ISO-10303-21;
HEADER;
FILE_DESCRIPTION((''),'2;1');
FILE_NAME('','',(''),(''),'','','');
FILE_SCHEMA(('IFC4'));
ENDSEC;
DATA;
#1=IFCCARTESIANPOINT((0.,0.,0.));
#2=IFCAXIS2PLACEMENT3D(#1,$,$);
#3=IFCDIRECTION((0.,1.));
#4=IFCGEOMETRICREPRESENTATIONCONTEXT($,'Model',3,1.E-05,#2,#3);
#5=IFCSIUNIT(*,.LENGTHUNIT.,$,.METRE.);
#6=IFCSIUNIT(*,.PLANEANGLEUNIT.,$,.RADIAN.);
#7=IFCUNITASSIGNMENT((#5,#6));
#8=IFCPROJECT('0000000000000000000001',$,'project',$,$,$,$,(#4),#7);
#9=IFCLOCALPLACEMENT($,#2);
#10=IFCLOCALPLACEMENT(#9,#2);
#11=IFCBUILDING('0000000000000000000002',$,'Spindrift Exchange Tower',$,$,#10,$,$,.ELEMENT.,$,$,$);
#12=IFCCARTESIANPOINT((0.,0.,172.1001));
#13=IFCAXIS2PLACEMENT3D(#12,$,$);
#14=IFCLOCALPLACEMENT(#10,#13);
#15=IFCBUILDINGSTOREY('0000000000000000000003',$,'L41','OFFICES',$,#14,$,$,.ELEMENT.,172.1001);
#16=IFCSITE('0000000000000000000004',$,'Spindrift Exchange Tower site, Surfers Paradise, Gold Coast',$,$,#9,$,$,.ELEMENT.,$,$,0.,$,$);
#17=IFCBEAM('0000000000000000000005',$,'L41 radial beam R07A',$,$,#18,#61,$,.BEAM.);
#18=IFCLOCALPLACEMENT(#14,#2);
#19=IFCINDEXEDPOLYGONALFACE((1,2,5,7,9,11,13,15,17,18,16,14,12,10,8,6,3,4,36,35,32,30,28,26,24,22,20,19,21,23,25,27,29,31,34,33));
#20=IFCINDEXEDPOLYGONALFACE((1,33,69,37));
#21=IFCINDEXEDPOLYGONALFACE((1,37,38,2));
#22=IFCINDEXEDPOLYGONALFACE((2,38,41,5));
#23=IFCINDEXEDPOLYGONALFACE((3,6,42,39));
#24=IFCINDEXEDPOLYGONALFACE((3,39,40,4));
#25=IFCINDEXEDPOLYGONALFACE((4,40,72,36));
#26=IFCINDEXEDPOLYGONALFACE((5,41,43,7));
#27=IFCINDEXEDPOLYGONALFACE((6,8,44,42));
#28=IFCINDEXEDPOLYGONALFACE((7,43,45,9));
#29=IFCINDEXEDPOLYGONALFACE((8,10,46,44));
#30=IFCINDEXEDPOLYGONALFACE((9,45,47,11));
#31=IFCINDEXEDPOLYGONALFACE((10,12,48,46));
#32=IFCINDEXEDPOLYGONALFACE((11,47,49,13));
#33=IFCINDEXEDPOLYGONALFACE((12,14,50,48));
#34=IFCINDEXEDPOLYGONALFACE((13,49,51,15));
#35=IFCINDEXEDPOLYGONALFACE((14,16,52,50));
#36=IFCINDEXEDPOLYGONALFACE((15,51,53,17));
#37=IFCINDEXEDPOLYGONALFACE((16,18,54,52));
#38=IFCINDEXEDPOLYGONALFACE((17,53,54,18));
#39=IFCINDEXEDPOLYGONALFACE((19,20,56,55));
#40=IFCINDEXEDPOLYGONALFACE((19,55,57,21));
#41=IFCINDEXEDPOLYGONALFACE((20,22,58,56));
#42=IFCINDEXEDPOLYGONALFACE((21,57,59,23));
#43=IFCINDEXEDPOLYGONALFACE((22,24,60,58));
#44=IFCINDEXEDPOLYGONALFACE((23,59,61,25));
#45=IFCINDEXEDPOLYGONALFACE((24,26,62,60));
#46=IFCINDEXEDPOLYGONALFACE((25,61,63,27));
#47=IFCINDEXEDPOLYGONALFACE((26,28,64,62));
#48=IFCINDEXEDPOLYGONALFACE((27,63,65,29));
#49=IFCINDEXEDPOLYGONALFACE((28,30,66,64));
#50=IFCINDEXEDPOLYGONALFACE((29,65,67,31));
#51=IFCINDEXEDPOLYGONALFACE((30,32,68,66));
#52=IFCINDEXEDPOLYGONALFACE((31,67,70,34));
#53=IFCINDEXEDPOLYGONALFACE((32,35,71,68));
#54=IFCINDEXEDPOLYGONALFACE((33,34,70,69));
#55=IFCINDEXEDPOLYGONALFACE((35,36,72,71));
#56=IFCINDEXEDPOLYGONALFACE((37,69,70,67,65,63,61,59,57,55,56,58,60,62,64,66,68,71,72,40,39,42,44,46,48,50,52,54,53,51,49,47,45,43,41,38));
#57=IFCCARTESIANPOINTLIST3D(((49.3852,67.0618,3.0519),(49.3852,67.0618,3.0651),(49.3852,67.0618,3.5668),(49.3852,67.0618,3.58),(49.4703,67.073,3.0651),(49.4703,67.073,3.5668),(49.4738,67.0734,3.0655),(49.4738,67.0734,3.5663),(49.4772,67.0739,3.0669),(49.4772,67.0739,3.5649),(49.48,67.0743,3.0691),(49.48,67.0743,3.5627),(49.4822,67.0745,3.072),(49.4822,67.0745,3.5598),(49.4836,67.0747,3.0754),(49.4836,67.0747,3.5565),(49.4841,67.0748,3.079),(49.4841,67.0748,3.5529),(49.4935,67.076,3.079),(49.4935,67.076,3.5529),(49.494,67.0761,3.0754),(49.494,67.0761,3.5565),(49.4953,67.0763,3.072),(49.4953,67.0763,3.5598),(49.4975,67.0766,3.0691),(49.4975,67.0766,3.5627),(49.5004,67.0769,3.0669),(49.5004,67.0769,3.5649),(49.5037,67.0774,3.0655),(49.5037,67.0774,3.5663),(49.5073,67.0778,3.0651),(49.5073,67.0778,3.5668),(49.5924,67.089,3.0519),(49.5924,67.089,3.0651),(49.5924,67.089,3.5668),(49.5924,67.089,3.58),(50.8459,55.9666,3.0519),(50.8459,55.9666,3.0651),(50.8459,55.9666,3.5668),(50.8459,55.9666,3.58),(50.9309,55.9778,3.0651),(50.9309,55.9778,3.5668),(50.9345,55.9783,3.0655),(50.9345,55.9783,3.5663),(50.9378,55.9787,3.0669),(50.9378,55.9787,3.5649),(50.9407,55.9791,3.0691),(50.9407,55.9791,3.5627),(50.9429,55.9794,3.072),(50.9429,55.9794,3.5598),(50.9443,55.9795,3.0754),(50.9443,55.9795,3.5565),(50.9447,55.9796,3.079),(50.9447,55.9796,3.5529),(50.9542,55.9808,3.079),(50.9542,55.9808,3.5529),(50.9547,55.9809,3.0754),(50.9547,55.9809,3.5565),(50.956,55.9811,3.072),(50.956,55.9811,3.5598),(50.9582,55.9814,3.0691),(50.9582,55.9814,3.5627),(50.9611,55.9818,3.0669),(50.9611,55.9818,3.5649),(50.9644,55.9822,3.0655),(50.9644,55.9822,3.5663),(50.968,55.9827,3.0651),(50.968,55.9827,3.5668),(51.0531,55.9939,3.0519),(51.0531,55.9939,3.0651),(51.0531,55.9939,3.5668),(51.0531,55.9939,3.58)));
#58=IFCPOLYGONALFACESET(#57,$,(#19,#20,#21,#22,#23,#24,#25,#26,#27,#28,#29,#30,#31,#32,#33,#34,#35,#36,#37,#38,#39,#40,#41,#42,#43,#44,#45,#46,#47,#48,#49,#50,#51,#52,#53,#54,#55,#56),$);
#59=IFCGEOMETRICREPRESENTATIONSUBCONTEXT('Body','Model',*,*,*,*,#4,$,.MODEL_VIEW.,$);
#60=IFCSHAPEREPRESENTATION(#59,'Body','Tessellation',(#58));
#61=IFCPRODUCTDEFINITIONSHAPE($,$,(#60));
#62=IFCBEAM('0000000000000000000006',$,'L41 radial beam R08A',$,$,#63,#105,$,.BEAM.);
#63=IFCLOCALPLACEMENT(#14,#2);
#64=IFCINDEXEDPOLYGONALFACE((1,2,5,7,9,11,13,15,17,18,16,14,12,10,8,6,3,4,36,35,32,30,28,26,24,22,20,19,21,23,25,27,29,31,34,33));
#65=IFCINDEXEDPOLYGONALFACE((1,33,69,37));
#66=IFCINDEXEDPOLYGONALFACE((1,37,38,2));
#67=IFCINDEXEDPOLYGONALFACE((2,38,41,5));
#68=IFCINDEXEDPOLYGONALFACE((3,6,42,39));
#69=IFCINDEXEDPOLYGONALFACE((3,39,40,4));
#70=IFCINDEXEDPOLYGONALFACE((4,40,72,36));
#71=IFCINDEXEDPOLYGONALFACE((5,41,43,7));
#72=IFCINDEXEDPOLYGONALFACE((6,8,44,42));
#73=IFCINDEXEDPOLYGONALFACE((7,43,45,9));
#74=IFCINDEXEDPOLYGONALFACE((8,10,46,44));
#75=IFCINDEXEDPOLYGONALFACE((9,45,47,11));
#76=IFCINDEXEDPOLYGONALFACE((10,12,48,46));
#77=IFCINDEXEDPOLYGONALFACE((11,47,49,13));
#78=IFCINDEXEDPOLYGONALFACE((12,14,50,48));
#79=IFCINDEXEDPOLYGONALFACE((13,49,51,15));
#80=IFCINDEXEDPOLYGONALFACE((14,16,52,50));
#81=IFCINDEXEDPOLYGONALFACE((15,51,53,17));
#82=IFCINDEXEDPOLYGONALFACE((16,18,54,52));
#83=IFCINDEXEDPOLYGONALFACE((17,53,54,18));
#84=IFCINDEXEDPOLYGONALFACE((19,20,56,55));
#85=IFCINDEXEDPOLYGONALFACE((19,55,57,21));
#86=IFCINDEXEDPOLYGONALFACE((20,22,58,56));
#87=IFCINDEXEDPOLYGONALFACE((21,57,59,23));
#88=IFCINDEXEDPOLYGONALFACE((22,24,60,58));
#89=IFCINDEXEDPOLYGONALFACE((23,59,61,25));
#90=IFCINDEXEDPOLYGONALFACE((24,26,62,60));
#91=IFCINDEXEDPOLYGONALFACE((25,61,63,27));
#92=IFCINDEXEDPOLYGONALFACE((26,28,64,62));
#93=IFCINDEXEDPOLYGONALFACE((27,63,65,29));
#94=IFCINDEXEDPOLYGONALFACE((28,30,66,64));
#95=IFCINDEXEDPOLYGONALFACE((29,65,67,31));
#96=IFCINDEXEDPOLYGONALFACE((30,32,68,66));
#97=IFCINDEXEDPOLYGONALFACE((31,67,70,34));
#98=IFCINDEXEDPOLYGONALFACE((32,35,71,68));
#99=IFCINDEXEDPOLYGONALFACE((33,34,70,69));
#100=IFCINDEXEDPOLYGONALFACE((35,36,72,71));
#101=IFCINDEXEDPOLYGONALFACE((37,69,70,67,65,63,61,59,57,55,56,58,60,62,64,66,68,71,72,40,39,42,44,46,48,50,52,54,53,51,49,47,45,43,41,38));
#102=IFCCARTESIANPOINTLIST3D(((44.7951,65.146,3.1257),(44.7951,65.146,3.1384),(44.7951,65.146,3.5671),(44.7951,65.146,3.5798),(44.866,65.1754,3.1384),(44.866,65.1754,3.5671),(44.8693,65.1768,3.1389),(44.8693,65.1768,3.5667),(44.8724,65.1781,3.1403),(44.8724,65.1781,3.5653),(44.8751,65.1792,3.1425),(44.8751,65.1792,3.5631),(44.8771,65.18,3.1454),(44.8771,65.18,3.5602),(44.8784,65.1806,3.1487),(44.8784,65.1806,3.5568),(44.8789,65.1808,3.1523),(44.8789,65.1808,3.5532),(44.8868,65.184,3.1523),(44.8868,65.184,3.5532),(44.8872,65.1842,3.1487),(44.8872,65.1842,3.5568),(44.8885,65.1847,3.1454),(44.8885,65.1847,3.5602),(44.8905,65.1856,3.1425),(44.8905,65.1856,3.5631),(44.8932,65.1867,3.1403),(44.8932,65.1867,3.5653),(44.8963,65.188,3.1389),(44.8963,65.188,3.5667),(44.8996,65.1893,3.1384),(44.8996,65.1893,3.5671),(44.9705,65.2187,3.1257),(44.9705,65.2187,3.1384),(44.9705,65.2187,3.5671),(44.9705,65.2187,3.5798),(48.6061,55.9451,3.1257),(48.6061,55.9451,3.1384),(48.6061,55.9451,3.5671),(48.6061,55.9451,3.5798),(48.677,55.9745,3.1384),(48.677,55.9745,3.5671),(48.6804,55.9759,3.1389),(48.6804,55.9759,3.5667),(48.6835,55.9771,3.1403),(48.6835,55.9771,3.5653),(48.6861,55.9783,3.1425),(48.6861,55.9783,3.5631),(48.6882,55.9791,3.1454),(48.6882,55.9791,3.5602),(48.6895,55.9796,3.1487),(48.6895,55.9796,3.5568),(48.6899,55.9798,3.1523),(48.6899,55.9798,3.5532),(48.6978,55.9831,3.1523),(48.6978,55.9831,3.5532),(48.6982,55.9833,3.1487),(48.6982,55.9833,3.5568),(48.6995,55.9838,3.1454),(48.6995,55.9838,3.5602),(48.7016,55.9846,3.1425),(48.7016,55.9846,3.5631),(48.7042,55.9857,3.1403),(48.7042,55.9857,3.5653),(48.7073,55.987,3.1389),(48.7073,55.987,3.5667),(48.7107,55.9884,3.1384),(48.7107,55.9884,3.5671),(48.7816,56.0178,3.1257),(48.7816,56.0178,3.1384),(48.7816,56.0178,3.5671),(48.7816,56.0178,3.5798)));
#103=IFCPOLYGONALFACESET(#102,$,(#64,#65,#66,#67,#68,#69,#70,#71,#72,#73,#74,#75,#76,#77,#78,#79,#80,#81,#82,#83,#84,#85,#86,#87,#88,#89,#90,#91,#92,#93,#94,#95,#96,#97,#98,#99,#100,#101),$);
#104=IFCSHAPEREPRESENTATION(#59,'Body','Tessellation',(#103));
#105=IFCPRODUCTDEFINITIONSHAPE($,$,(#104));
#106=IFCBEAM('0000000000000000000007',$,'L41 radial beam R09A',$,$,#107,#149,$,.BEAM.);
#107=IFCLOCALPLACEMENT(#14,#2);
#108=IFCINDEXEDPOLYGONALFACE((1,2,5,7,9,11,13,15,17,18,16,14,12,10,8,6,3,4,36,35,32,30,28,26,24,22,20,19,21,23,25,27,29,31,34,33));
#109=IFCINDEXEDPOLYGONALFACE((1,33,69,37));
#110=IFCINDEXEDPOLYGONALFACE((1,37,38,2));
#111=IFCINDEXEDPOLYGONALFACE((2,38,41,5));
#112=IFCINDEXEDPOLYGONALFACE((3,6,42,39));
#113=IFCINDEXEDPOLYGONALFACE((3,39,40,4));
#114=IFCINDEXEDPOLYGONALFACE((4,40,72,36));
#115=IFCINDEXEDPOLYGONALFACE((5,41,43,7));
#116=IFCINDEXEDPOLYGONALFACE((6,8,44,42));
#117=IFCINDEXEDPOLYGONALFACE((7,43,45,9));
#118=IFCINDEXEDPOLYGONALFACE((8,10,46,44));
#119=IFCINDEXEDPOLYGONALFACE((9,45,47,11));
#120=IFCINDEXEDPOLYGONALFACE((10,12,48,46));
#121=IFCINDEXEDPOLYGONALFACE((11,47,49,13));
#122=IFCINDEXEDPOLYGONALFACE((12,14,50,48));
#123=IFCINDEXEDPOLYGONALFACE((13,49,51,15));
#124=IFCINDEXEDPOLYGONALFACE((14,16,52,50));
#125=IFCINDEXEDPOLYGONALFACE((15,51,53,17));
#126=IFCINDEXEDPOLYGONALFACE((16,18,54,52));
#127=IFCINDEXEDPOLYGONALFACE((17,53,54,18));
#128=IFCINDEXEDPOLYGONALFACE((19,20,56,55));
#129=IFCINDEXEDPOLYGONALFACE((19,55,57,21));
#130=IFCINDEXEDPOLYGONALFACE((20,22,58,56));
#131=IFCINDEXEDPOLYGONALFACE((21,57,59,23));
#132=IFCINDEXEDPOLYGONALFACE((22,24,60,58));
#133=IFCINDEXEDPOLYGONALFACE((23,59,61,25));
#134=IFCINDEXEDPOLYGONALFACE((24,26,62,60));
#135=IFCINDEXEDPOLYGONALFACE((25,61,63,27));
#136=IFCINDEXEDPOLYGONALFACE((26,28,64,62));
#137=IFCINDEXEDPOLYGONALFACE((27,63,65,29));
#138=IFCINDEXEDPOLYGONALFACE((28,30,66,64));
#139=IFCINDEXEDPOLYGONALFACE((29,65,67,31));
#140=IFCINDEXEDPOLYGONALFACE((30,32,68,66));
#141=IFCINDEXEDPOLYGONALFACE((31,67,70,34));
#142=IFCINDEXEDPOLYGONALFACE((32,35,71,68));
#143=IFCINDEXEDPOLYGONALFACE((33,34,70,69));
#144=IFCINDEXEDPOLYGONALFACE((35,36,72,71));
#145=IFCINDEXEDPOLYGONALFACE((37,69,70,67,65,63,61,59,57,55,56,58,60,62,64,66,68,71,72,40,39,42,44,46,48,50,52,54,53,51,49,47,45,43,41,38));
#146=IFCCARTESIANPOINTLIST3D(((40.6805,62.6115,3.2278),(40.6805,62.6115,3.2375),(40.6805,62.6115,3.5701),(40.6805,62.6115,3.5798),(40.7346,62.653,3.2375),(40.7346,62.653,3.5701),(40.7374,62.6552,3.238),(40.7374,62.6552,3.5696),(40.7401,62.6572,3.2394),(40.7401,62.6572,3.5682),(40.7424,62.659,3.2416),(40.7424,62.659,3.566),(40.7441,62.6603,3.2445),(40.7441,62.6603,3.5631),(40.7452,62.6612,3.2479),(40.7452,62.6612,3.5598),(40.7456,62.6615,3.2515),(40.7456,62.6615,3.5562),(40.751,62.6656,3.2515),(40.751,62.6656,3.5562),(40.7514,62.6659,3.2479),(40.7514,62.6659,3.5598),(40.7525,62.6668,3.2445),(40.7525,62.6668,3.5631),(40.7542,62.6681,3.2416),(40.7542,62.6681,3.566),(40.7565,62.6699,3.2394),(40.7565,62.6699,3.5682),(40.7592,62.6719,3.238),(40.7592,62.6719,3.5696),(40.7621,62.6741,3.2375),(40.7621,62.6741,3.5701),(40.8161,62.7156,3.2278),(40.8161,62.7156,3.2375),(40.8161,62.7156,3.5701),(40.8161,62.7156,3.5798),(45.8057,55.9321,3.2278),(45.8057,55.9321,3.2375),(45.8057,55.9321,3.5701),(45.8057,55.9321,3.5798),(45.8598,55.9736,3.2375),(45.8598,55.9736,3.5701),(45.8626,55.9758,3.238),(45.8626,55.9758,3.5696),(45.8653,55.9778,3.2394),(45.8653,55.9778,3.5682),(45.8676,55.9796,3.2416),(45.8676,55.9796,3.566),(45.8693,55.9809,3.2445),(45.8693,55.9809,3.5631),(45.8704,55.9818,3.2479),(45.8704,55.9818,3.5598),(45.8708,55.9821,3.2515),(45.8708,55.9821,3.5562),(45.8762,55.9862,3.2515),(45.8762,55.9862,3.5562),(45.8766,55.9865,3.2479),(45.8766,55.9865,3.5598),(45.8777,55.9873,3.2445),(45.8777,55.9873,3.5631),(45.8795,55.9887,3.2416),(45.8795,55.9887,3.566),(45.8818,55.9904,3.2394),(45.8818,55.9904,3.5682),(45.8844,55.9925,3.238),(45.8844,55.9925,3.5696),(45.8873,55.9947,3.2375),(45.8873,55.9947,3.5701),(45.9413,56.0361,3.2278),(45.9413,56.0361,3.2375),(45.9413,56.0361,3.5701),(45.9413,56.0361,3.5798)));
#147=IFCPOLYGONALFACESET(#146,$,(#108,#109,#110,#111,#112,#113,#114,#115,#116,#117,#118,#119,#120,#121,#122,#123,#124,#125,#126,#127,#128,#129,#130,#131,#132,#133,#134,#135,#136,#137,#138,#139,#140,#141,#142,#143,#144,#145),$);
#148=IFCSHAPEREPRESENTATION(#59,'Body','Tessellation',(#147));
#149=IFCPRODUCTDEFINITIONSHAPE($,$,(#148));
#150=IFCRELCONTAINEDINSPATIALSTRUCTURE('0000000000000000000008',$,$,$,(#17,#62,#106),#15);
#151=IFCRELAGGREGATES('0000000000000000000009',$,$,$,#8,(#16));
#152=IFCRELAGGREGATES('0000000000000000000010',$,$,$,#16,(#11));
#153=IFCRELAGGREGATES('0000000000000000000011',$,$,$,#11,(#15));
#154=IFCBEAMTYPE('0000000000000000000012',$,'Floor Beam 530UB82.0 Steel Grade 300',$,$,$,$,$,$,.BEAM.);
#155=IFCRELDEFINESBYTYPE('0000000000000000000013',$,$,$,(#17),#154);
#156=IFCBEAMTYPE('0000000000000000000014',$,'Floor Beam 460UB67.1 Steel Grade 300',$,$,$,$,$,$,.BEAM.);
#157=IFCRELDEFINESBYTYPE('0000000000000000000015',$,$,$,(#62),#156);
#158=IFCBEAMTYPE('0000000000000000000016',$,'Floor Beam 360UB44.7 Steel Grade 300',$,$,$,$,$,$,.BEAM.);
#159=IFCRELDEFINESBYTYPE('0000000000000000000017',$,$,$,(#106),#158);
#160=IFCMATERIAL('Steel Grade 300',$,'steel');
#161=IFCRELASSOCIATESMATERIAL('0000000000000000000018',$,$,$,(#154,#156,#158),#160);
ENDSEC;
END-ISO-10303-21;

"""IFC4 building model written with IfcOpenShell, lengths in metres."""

from ifc_helpers import new_model, si_unit, direction, frame, origin, origin_2d, place, context, subcontext, project, spatial, i_section, extrude, source, transform, mapped, material, material_profile, profile_set, type_object, element, save


model = new_model("IFC4")

# Units and contexts
model_context = context("Model", 3, precision=1e-05, world=origin(), true_north=direction((0.0, 1.0)))
body_context = subcontext(model_context, "Body", "Model", "MODEL_VIEW")
ifc_project = project(units=[si_unit("LENGTHUNIT", "METRE"), si_unit("PLANEANGLEUNIT", "RADIAN")], contexts=[model_context])

# Site, building, storey
site_placement = place(None, origin())
site = spatial("IfcSite", under=ifc_project, at=site_placement, Name="Spindrift Exchange Tower site, Surfers Paradise, Gold Coast", CompositionType="ELEMENT", RefElevation=0.0)
building_placement = place(site_placement, origin())
building = spatial("IfcBuilding", under=site, at=building_placement, Name="Spindrift Exchange Tower", CompositionType="ELEMENT")
storey_placement = place(building_placement, frame((0.0, 0.0, 172.1001)))
storey = spatial("IfcBuildingStorey", under=building, at=storey_placement, Name="L41", Description="OFFICES", CompositionType="ELEMENT", Elevation=172.1001)

# Beams
ifc_material_1 = material(Name="Steel Grade 300", Category="steel")
ifc_material_profile_1 = material_profile(ifc_material_1, i_section(OverallWidth=0.209, OverallDepth=0.5281, WebThickness=0.0095, FlangeThickness=0.0132, FilletRadius=0.0139, at=origin_2d()), Name="530UB82.0")
ifc_profile_set_1 = profile_set([ifc_material_profile_1], Name="Steel Grade 300")
beam_type_1 = type_object("IfcBeamType", Name="Floor Beam 530UB82.0 Steel Grade 300", PredefinedType="BEAM", material=ifc_profile_set_1)
shared_shape_1 = source(origin(), body_context, "Body", "SweptSolid", [
    extrude(i_section(OverallWidth=0.209, OverallDepth=0.5281, WebThickness=0.0095, FlangeThickness=0.0132, FilletRadius=0.0139, at=origin_2d()), origin(), (0.0, 0.0, 1.0), 11.1909),
])
beam_1_placement = place(storey_placement, frame((50.9495, 55.9802, 3.3159), z_axis=(-0.130524, 0.991445, 0.0), x_axis=(-0.991445, -0.130524, 0.0)))
element("IfcBeam", 1, at=beam_1_placement, inside=storey, type_object=beam_type_1, Name="L41 radial beam R07A", PredefinedType="BEAM", context=body_context, shape_type="MappedRepresentation", body=[
    mapped(shared_shape_1, transform((0.0, 0.0, 0.0), scale=1.0)),
])
ifc_material_profile_2 = material_profile(ifc_material_1, i_section(OverallWidth=0.1899, OverallDepth=0.4541, WebThickness=0.0085, FlangeThickness=0.0127, FilletRadius=0.0139, at=origin_2d()), Name="460UB67.1")
ifc_profile_set_2 = profile_set([ifc_material_profile_2], Name="Steel Grade 300")
beam_type_2 = type_object("IfcBeamType", Name="Floor Beam 460UB67.1 Steel Grade 300", PredefinedType="BEAM", material=ifc_profile_set_2)
shared_shape_2 = source(origin(), body_context, "Body", "SweptSolid", [
    extrude(i_section(OverallWidth=0.1899, OverallDepth=0.4541, WebThickness=0.0085, FlangeThickness=0.0127, FilletRadius=0.0139, at=origin_2d()), origin(), (0.0, 0.0, 1.0), 9.959),
])
beam_2_placement = place(storey_placement, frame((48.6938, 55.9814, 3.3528), z_axis=(-0.382674, 0.923884, 0.0), x_axis=(-0.923884, -0.382674, 0.0)))
element("IfcBeam", 2, at=beam_2_placement, inside=storey, type_object=beam_type_2, Name="L41 radial beam R08A", PredefinedType="BEAM", context=body_context, shape_type="MappedRepresentation", body=[
    mapped(shared_shape_2, transform((0.0, 0.0, 0.0), scale=1.0)),
])
ifc_material_profile_3 = material_profile(ifc_material_1, i_section(OverallWidth=0.1709, OverallDepth=0.3521, WebThickness=0.0068, FlangeThickness=0.0098, FilletRadius=0.0139, at=origin_2d()), Name="360UB44.7")
ifc_profile_set_3 = profile_set([ifc_material_profile_3], Name="Steel Grade 300")
beam_type_3 = type_object("IfcBeamType", Name="Floor Beam 360UB44.7 Steel Grade 300", PredefinedType="BEAM", material=ifc_profile_set_3)
shared_shape_3 = source(origin(), body_context, "Body", "SweptSolid", [
    extrude(i_section(OverallWidth=0.1709, OverallDepth=0.3521, WebThickness=0.0068, FlangeThickness=0.0098, FilletRadius=0.0139, at=origin_2d()), origin(), (0.0, 0.0, 1.0), 8.4192),
])
beam_3_placement = place(storey_placement, frame((45.8735, 55.9841, 3.4038), z_axis=(-0.608756, 0.793358, 0.0), x_axis=(-0.793358, -0.608756, 0.0)))
element("IfcBeam", 3, at=beam_3_placement, inside=storey, type_object=beam_type_3, Name="L41 radial beam R09A", PredefinedType="BEAM", context=body_context, shape_type="MappedRepresentation", body=[
    mapped(shared_shape_3, transform((0.0, 0.0, 0.0), scale=1.0)),
])

save(model, "model.ifc")
